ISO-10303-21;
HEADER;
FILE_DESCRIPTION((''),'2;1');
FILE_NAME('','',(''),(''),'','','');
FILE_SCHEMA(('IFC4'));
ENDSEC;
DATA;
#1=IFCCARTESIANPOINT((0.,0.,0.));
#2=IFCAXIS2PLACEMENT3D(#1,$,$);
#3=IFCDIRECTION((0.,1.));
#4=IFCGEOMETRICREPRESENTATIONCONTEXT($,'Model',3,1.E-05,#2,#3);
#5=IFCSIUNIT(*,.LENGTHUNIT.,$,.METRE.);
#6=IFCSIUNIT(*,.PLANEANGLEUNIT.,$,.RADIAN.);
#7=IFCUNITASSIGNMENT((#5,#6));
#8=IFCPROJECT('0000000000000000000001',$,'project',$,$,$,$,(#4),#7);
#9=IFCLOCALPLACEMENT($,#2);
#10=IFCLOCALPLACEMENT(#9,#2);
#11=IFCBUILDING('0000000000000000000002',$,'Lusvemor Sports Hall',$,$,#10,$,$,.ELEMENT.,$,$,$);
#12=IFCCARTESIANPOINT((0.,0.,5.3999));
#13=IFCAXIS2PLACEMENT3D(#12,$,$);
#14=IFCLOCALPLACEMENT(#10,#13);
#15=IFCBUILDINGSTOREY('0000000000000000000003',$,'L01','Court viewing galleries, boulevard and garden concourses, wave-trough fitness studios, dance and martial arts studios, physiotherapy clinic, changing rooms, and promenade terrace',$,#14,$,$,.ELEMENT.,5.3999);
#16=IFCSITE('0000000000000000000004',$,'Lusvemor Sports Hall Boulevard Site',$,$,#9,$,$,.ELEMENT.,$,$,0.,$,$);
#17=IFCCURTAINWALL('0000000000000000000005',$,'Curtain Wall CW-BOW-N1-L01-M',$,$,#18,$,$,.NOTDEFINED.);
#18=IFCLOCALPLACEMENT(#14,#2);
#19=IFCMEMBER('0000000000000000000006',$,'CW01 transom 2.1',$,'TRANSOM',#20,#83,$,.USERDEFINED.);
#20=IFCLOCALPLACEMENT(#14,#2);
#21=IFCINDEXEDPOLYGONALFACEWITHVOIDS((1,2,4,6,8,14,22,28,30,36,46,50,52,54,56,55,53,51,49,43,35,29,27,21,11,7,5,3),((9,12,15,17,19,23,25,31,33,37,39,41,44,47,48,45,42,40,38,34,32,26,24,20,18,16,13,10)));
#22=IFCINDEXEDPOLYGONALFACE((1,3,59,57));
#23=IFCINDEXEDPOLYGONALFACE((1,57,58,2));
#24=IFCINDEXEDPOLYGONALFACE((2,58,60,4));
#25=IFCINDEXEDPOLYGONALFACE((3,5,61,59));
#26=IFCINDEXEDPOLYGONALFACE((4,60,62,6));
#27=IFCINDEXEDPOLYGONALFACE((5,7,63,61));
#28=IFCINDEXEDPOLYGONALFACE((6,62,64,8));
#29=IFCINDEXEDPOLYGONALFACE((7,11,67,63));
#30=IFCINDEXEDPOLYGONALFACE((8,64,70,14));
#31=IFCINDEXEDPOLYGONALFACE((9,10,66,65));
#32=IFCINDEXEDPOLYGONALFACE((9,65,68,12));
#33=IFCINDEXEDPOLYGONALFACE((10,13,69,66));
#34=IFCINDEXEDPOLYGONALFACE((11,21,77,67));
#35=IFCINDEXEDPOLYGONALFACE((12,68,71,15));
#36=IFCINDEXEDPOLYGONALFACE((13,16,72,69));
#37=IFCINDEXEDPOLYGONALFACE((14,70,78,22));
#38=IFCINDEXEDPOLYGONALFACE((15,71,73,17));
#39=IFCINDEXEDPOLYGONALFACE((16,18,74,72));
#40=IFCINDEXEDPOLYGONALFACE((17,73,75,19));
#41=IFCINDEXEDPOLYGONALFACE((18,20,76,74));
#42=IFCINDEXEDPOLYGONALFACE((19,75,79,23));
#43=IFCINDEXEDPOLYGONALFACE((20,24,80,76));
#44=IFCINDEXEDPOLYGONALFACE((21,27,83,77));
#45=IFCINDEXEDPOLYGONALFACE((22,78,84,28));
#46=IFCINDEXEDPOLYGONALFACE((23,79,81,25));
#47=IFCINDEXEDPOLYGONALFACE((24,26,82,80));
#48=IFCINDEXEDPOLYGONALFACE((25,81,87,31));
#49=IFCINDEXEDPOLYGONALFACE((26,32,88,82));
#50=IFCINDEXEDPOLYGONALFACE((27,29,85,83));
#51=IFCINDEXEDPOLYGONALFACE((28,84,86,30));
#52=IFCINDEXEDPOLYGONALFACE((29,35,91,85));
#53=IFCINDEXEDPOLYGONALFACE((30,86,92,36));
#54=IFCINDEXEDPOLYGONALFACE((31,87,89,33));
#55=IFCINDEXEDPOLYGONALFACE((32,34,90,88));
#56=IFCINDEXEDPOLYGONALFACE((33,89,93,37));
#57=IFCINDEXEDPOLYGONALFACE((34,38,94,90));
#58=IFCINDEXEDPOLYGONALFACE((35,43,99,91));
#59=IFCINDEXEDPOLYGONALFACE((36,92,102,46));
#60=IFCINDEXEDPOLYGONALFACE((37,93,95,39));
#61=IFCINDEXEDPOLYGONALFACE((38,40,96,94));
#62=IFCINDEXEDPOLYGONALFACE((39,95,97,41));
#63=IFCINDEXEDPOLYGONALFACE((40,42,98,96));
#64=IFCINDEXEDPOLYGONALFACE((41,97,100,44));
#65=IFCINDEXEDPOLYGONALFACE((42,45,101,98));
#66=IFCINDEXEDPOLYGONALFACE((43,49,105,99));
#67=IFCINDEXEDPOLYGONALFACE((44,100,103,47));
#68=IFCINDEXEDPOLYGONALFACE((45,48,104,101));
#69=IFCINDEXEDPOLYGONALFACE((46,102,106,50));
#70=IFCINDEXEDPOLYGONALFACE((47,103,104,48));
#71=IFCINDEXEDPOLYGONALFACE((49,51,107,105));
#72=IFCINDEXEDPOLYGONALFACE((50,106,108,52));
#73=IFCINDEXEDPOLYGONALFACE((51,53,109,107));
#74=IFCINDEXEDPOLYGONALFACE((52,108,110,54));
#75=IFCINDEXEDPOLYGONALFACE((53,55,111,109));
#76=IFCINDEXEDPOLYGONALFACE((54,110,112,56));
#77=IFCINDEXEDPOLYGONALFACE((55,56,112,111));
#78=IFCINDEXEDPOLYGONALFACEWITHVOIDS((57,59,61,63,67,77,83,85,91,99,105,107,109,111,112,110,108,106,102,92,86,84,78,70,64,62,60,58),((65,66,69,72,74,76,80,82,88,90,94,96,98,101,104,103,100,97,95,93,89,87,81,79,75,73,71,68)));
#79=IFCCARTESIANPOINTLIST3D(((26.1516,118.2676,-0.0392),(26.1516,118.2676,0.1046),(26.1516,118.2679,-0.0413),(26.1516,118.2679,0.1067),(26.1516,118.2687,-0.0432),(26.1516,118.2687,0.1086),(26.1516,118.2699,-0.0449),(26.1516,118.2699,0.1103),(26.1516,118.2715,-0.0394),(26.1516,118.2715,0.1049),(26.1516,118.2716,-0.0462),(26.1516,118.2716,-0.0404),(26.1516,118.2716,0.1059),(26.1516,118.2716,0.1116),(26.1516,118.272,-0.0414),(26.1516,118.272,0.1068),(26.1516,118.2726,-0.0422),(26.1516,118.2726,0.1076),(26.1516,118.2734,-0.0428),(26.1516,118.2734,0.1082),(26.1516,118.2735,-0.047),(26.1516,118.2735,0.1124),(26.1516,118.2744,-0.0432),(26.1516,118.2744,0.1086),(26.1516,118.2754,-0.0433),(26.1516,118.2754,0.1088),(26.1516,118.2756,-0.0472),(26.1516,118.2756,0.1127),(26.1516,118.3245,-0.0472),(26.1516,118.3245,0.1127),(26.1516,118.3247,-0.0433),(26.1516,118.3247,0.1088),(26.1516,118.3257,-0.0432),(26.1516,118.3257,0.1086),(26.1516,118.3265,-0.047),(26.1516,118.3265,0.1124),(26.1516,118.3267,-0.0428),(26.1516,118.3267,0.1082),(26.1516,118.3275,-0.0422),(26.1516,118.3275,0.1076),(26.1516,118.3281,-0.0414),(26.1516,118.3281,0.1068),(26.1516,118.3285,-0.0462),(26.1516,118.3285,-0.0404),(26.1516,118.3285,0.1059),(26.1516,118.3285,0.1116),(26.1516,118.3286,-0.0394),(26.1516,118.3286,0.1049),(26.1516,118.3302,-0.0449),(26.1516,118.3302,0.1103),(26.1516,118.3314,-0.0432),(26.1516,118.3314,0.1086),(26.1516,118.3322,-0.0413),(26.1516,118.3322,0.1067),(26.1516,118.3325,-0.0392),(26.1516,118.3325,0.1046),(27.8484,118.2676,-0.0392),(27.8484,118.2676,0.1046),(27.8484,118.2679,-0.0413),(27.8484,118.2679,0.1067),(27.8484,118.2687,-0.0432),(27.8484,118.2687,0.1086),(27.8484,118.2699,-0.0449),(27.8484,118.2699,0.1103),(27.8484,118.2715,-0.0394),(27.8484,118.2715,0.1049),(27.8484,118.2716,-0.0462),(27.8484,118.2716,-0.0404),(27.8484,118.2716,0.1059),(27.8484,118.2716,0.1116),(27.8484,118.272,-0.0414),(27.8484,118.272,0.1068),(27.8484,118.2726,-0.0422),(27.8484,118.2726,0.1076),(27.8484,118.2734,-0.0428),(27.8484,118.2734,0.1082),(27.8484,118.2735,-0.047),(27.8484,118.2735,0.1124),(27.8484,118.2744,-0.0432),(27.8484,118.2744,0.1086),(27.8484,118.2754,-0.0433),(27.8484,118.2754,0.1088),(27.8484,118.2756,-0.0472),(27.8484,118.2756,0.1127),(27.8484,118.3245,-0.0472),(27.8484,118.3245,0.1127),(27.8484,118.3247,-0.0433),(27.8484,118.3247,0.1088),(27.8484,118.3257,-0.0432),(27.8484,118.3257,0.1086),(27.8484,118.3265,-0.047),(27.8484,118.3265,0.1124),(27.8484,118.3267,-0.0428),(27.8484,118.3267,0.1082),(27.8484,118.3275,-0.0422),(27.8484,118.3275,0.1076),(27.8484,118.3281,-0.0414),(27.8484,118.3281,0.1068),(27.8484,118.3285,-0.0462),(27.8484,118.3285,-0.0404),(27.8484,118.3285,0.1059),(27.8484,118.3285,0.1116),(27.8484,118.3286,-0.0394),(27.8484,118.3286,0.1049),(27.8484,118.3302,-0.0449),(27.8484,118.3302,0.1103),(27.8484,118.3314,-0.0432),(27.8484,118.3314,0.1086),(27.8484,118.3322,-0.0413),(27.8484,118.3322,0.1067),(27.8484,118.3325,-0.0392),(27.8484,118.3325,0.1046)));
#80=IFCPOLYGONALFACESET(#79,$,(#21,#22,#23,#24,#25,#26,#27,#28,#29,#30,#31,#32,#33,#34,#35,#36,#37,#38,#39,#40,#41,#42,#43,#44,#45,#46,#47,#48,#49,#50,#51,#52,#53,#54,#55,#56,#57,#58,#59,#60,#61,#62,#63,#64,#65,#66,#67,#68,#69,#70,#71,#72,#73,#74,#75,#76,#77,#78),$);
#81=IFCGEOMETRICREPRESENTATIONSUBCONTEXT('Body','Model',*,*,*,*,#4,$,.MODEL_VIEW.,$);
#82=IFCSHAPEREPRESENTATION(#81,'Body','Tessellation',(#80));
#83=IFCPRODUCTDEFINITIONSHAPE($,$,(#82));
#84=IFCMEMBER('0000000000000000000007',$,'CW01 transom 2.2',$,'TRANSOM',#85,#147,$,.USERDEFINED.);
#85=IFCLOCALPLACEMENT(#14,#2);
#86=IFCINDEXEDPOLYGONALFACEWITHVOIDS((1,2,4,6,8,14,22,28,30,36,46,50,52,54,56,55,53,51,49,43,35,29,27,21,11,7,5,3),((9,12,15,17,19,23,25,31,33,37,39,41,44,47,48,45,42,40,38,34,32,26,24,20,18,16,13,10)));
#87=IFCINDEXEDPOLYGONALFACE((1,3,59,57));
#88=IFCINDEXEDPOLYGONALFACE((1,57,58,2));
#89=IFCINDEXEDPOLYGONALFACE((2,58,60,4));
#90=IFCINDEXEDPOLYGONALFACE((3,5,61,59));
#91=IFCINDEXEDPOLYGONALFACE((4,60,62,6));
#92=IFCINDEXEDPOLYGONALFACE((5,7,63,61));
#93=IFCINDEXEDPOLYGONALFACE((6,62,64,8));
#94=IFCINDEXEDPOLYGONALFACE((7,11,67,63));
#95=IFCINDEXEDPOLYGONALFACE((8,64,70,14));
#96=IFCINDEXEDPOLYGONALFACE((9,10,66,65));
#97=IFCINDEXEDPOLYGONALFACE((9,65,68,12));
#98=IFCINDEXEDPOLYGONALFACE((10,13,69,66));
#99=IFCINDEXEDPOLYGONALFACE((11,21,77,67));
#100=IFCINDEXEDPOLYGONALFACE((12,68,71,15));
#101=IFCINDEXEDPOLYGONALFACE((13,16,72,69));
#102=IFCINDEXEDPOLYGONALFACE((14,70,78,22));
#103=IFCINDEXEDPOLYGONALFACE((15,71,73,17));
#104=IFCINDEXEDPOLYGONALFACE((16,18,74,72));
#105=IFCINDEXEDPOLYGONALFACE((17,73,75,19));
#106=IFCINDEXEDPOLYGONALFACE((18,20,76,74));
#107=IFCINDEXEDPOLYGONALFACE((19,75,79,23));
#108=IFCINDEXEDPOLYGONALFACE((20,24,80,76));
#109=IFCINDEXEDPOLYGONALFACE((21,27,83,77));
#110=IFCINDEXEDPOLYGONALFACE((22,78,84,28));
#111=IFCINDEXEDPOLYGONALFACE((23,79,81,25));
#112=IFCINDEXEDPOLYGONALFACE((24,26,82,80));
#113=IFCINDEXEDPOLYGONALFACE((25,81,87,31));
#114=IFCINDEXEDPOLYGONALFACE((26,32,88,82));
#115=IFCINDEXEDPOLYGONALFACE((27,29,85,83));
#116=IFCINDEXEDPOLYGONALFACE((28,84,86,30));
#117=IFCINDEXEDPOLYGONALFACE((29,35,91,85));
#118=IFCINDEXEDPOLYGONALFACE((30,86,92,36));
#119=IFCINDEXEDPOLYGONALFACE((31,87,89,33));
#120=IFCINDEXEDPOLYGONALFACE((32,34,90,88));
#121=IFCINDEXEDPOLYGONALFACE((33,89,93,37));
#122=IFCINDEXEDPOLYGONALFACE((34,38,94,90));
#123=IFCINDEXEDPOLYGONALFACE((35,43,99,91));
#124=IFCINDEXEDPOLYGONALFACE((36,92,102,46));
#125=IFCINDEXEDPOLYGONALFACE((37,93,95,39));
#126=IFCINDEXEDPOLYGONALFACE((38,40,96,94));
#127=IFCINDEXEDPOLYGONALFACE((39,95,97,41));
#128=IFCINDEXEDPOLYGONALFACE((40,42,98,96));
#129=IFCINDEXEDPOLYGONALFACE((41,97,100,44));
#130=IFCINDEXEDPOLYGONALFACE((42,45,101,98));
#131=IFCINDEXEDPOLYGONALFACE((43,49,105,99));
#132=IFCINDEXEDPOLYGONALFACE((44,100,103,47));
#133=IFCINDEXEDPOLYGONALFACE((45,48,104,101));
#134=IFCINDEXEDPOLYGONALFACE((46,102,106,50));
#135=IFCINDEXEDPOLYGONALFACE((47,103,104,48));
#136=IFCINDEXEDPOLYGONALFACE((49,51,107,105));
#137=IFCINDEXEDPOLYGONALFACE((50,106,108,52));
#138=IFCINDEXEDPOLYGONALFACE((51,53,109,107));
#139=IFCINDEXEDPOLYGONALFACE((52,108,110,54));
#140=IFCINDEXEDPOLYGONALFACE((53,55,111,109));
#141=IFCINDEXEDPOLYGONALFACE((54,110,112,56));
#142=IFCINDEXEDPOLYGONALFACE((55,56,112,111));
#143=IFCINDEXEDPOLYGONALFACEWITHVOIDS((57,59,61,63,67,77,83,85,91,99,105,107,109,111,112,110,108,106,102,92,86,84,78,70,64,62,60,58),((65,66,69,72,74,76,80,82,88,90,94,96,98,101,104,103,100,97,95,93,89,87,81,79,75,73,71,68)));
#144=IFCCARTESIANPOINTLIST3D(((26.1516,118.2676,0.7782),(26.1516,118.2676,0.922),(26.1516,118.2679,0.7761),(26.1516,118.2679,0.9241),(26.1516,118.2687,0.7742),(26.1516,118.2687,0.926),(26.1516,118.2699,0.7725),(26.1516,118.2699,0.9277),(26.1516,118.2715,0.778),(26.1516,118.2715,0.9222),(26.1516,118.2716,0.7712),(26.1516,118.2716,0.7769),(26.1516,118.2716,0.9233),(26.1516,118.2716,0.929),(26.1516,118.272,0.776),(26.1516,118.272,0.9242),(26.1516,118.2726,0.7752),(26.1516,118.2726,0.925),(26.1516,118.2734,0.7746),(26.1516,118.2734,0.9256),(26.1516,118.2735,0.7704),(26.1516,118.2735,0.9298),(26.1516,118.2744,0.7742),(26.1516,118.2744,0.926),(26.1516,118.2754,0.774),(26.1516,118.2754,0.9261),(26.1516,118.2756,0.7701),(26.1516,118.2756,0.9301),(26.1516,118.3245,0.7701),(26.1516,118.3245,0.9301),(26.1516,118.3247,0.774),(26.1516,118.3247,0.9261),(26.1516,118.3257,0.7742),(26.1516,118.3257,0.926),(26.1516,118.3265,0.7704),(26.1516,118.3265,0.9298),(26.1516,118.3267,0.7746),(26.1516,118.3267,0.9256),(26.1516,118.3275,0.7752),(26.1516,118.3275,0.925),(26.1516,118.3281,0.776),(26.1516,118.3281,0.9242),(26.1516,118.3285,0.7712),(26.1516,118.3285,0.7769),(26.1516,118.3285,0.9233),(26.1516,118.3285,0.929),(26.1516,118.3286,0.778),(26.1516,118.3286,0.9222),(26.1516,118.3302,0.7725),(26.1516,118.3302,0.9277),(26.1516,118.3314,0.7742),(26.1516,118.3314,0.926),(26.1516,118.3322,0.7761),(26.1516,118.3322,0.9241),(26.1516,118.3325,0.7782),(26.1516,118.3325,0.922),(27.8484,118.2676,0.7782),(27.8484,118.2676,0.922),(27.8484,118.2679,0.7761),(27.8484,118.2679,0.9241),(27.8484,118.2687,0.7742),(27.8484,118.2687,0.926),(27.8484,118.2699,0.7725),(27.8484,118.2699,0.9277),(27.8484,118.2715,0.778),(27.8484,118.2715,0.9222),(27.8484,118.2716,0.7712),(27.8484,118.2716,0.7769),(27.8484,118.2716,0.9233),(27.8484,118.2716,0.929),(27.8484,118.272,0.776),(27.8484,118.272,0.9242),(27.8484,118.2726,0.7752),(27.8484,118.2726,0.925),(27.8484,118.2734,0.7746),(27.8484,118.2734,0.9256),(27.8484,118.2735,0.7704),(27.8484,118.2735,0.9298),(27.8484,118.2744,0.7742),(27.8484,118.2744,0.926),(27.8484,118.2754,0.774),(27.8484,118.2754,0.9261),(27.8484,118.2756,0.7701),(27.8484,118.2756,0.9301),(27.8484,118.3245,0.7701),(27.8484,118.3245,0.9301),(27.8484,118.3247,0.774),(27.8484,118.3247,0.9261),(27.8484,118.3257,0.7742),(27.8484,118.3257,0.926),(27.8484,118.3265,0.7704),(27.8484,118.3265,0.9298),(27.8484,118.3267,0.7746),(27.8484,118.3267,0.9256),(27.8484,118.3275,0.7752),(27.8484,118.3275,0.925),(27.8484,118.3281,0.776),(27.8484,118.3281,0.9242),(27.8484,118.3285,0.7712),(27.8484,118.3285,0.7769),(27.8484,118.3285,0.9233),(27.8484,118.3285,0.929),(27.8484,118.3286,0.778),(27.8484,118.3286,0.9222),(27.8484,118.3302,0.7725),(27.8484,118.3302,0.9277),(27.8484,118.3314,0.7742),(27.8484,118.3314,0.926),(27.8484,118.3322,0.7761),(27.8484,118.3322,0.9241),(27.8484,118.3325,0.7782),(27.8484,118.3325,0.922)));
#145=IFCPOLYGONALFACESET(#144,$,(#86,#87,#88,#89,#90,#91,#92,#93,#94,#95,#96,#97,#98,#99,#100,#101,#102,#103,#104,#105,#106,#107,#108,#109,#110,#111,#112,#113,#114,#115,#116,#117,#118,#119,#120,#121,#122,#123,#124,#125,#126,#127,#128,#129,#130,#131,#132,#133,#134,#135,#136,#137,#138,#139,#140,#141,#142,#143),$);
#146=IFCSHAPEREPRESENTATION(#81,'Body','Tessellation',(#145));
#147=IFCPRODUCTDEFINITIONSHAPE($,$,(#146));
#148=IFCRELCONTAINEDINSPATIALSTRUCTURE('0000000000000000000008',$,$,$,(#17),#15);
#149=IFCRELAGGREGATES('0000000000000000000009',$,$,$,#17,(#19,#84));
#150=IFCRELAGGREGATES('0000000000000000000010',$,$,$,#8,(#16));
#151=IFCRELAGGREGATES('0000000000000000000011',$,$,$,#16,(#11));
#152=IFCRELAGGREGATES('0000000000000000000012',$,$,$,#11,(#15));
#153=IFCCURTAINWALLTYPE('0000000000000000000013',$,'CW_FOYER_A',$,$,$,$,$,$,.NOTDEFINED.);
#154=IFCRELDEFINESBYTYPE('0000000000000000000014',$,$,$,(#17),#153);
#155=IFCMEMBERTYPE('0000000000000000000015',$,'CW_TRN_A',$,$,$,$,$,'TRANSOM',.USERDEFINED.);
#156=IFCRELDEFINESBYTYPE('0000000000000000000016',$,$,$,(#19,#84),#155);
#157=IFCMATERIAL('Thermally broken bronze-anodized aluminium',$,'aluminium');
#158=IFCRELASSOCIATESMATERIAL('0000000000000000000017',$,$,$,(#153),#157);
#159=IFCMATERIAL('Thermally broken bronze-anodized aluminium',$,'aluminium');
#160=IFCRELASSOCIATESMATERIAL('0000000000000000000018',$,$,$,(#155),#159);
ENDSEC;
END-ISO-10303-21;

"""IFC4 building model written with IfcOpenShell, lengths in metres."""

from ifc_helpers import new_model, si_unit, direction, frame, origin, origin_2d, place, context, subcontext, project, spatial, hollow_rectangle, extrude, material, material_profile, profile_set, type_object, element, aggregate, save


model = new_model("IFC4")

# Units and contexts
model_context = context("Model", 3, precision=1e-05, world=origin(), true_north=direction((0.0, 1.0)))
body_context = subcontext(model_context, "Body", "Model", "MODEL_VIEW")
ifc_project = project(units=[si_unit("LENGTHUNIT", "METRE"), si_unit("PLANEANGLEUNIT", "RADIAN")], contexts=[model_context])

# Site, building, storey
site_placement = place(None, origin())
site = spatial("IfcSite", under=ifc_project, at=site_placement, Name="Lusvemor Sports Hall Boulevard Site", CompositionType="ELEMENT", RefElevation=0.0)
building_placement = place(site_placement, origin())
building = spatial("IfcBuilding", under=site, at=building_placement, Name="Lusvemor Sports Hall", CompositionType="ELEMENT")
storey_placement = place(building_placement, frame((0.0, 0.0, 5.3999)))
storey = spatial("IfcBuildingStorey", under=building, at=storey_placement, Name="L01", Description="Court viewing galleries, boulevard and garden concourses, wave-trough fitness studios, dance and martial arts studios, physiotherapy clinic, changing rooms, and promenade terrace", CompositionType="ELEMENT", Elevation=5.3999)

# Curtain wall
ifc_material_1 = material(Name="Thermally broken bronze-anodized aluminium", Category="aluminium")
curtain_wall_type_1 = type_object("IfcCurtainWallType", Name="CW_FOYER_A", PredefinedType="NOTDEFINED", material=ifc_material_1)
curtain_wall_1_placement = place(storey_placement, origin())
curtain_wall_1 = element("IfcCurtainWall", 1, at=curtain_wall_1_placement, inside=storey, type_object=curtain_wall_type_1, Name="Curtain Wall CW-BOW-N1-L01-M", PredefinedType="NOTDEFINED")

# Members
ifc_material_2 = material(Name="Thermally broken bronze-anodized aluminium", Category="aluminium")
ifc_material_profile_1 = material_profile(ifc_material_2, hollow_rectangle(XDim=0.0649, YDim=0.1599, WallThickness=0.0039, InnerFilletRadius=0.0039, OuterFilletRadius=0.0081, at=origin_2d()), Name="CWTRN160x65x4")
ifc_profile_set_1 = profile_set([ifc_material_profile_1], Name="Thermally broken bronze-anodized aluminium")
member_type_1 = type_object("IfcMemberType", Name="CW_TRN_A", ElementType="TRANSOM", PredefinedType="USERDEFINED", material=ifc_profile_set_1)
member_1_placement = place(storey_placement, frame((26.1516, 118.3, 0.0327), z_axis=(1.0, 0.0, 0.0), x_axis=(0.0, 1.0, 0.0)))
member_1 = element("IfcMember", 2, at=member_1_placement, type_object=member_type_1, Name="CW01 transom 2.1", ObjectType="TRANSOM", PredefinedType="USERDEFINED", context=body_context, shape_type="SweptSolid", body=[
    extrude(hollow_rectangle(XDim=0.0649, YDim=0.1599, WallThickness=0.0039, InnerFilletRadius=0.0039, OuterFilletRadius=0.0081, at=origin_2d()), origin(), (0.0, 0.0, 1.0), 1.6968),
])
member_2_placement = place(storey_placement, frame((26.1516, 118.3, 0.8501), z_axis=(1.0, 0.0, 0.0), x_axis=(0.0, 1.0, 0.0)))
member_2 = element("IfcMember", 3, at=member_2_placement, type_object=member_type_1, Name="CW01 transom 2.2", ObjectType="TRANSOM", PredefinedType="USERDEFINED", context=body_context, shape_type="SweptSolid", body=[
    extrude(hollow_rectangle(XDim=0.0649, YDim=0.1599, WallThickness=0.0039, InnerFilletRadius=0.0039, OuterFilletRadius=0.0081, at=origin_2d()), origin(), (0.0, 0.0, 1.0), 1.6968),
])

aggregate(curtain_wall_1, [member_1, member_2])

save(model, "model.ifc")
